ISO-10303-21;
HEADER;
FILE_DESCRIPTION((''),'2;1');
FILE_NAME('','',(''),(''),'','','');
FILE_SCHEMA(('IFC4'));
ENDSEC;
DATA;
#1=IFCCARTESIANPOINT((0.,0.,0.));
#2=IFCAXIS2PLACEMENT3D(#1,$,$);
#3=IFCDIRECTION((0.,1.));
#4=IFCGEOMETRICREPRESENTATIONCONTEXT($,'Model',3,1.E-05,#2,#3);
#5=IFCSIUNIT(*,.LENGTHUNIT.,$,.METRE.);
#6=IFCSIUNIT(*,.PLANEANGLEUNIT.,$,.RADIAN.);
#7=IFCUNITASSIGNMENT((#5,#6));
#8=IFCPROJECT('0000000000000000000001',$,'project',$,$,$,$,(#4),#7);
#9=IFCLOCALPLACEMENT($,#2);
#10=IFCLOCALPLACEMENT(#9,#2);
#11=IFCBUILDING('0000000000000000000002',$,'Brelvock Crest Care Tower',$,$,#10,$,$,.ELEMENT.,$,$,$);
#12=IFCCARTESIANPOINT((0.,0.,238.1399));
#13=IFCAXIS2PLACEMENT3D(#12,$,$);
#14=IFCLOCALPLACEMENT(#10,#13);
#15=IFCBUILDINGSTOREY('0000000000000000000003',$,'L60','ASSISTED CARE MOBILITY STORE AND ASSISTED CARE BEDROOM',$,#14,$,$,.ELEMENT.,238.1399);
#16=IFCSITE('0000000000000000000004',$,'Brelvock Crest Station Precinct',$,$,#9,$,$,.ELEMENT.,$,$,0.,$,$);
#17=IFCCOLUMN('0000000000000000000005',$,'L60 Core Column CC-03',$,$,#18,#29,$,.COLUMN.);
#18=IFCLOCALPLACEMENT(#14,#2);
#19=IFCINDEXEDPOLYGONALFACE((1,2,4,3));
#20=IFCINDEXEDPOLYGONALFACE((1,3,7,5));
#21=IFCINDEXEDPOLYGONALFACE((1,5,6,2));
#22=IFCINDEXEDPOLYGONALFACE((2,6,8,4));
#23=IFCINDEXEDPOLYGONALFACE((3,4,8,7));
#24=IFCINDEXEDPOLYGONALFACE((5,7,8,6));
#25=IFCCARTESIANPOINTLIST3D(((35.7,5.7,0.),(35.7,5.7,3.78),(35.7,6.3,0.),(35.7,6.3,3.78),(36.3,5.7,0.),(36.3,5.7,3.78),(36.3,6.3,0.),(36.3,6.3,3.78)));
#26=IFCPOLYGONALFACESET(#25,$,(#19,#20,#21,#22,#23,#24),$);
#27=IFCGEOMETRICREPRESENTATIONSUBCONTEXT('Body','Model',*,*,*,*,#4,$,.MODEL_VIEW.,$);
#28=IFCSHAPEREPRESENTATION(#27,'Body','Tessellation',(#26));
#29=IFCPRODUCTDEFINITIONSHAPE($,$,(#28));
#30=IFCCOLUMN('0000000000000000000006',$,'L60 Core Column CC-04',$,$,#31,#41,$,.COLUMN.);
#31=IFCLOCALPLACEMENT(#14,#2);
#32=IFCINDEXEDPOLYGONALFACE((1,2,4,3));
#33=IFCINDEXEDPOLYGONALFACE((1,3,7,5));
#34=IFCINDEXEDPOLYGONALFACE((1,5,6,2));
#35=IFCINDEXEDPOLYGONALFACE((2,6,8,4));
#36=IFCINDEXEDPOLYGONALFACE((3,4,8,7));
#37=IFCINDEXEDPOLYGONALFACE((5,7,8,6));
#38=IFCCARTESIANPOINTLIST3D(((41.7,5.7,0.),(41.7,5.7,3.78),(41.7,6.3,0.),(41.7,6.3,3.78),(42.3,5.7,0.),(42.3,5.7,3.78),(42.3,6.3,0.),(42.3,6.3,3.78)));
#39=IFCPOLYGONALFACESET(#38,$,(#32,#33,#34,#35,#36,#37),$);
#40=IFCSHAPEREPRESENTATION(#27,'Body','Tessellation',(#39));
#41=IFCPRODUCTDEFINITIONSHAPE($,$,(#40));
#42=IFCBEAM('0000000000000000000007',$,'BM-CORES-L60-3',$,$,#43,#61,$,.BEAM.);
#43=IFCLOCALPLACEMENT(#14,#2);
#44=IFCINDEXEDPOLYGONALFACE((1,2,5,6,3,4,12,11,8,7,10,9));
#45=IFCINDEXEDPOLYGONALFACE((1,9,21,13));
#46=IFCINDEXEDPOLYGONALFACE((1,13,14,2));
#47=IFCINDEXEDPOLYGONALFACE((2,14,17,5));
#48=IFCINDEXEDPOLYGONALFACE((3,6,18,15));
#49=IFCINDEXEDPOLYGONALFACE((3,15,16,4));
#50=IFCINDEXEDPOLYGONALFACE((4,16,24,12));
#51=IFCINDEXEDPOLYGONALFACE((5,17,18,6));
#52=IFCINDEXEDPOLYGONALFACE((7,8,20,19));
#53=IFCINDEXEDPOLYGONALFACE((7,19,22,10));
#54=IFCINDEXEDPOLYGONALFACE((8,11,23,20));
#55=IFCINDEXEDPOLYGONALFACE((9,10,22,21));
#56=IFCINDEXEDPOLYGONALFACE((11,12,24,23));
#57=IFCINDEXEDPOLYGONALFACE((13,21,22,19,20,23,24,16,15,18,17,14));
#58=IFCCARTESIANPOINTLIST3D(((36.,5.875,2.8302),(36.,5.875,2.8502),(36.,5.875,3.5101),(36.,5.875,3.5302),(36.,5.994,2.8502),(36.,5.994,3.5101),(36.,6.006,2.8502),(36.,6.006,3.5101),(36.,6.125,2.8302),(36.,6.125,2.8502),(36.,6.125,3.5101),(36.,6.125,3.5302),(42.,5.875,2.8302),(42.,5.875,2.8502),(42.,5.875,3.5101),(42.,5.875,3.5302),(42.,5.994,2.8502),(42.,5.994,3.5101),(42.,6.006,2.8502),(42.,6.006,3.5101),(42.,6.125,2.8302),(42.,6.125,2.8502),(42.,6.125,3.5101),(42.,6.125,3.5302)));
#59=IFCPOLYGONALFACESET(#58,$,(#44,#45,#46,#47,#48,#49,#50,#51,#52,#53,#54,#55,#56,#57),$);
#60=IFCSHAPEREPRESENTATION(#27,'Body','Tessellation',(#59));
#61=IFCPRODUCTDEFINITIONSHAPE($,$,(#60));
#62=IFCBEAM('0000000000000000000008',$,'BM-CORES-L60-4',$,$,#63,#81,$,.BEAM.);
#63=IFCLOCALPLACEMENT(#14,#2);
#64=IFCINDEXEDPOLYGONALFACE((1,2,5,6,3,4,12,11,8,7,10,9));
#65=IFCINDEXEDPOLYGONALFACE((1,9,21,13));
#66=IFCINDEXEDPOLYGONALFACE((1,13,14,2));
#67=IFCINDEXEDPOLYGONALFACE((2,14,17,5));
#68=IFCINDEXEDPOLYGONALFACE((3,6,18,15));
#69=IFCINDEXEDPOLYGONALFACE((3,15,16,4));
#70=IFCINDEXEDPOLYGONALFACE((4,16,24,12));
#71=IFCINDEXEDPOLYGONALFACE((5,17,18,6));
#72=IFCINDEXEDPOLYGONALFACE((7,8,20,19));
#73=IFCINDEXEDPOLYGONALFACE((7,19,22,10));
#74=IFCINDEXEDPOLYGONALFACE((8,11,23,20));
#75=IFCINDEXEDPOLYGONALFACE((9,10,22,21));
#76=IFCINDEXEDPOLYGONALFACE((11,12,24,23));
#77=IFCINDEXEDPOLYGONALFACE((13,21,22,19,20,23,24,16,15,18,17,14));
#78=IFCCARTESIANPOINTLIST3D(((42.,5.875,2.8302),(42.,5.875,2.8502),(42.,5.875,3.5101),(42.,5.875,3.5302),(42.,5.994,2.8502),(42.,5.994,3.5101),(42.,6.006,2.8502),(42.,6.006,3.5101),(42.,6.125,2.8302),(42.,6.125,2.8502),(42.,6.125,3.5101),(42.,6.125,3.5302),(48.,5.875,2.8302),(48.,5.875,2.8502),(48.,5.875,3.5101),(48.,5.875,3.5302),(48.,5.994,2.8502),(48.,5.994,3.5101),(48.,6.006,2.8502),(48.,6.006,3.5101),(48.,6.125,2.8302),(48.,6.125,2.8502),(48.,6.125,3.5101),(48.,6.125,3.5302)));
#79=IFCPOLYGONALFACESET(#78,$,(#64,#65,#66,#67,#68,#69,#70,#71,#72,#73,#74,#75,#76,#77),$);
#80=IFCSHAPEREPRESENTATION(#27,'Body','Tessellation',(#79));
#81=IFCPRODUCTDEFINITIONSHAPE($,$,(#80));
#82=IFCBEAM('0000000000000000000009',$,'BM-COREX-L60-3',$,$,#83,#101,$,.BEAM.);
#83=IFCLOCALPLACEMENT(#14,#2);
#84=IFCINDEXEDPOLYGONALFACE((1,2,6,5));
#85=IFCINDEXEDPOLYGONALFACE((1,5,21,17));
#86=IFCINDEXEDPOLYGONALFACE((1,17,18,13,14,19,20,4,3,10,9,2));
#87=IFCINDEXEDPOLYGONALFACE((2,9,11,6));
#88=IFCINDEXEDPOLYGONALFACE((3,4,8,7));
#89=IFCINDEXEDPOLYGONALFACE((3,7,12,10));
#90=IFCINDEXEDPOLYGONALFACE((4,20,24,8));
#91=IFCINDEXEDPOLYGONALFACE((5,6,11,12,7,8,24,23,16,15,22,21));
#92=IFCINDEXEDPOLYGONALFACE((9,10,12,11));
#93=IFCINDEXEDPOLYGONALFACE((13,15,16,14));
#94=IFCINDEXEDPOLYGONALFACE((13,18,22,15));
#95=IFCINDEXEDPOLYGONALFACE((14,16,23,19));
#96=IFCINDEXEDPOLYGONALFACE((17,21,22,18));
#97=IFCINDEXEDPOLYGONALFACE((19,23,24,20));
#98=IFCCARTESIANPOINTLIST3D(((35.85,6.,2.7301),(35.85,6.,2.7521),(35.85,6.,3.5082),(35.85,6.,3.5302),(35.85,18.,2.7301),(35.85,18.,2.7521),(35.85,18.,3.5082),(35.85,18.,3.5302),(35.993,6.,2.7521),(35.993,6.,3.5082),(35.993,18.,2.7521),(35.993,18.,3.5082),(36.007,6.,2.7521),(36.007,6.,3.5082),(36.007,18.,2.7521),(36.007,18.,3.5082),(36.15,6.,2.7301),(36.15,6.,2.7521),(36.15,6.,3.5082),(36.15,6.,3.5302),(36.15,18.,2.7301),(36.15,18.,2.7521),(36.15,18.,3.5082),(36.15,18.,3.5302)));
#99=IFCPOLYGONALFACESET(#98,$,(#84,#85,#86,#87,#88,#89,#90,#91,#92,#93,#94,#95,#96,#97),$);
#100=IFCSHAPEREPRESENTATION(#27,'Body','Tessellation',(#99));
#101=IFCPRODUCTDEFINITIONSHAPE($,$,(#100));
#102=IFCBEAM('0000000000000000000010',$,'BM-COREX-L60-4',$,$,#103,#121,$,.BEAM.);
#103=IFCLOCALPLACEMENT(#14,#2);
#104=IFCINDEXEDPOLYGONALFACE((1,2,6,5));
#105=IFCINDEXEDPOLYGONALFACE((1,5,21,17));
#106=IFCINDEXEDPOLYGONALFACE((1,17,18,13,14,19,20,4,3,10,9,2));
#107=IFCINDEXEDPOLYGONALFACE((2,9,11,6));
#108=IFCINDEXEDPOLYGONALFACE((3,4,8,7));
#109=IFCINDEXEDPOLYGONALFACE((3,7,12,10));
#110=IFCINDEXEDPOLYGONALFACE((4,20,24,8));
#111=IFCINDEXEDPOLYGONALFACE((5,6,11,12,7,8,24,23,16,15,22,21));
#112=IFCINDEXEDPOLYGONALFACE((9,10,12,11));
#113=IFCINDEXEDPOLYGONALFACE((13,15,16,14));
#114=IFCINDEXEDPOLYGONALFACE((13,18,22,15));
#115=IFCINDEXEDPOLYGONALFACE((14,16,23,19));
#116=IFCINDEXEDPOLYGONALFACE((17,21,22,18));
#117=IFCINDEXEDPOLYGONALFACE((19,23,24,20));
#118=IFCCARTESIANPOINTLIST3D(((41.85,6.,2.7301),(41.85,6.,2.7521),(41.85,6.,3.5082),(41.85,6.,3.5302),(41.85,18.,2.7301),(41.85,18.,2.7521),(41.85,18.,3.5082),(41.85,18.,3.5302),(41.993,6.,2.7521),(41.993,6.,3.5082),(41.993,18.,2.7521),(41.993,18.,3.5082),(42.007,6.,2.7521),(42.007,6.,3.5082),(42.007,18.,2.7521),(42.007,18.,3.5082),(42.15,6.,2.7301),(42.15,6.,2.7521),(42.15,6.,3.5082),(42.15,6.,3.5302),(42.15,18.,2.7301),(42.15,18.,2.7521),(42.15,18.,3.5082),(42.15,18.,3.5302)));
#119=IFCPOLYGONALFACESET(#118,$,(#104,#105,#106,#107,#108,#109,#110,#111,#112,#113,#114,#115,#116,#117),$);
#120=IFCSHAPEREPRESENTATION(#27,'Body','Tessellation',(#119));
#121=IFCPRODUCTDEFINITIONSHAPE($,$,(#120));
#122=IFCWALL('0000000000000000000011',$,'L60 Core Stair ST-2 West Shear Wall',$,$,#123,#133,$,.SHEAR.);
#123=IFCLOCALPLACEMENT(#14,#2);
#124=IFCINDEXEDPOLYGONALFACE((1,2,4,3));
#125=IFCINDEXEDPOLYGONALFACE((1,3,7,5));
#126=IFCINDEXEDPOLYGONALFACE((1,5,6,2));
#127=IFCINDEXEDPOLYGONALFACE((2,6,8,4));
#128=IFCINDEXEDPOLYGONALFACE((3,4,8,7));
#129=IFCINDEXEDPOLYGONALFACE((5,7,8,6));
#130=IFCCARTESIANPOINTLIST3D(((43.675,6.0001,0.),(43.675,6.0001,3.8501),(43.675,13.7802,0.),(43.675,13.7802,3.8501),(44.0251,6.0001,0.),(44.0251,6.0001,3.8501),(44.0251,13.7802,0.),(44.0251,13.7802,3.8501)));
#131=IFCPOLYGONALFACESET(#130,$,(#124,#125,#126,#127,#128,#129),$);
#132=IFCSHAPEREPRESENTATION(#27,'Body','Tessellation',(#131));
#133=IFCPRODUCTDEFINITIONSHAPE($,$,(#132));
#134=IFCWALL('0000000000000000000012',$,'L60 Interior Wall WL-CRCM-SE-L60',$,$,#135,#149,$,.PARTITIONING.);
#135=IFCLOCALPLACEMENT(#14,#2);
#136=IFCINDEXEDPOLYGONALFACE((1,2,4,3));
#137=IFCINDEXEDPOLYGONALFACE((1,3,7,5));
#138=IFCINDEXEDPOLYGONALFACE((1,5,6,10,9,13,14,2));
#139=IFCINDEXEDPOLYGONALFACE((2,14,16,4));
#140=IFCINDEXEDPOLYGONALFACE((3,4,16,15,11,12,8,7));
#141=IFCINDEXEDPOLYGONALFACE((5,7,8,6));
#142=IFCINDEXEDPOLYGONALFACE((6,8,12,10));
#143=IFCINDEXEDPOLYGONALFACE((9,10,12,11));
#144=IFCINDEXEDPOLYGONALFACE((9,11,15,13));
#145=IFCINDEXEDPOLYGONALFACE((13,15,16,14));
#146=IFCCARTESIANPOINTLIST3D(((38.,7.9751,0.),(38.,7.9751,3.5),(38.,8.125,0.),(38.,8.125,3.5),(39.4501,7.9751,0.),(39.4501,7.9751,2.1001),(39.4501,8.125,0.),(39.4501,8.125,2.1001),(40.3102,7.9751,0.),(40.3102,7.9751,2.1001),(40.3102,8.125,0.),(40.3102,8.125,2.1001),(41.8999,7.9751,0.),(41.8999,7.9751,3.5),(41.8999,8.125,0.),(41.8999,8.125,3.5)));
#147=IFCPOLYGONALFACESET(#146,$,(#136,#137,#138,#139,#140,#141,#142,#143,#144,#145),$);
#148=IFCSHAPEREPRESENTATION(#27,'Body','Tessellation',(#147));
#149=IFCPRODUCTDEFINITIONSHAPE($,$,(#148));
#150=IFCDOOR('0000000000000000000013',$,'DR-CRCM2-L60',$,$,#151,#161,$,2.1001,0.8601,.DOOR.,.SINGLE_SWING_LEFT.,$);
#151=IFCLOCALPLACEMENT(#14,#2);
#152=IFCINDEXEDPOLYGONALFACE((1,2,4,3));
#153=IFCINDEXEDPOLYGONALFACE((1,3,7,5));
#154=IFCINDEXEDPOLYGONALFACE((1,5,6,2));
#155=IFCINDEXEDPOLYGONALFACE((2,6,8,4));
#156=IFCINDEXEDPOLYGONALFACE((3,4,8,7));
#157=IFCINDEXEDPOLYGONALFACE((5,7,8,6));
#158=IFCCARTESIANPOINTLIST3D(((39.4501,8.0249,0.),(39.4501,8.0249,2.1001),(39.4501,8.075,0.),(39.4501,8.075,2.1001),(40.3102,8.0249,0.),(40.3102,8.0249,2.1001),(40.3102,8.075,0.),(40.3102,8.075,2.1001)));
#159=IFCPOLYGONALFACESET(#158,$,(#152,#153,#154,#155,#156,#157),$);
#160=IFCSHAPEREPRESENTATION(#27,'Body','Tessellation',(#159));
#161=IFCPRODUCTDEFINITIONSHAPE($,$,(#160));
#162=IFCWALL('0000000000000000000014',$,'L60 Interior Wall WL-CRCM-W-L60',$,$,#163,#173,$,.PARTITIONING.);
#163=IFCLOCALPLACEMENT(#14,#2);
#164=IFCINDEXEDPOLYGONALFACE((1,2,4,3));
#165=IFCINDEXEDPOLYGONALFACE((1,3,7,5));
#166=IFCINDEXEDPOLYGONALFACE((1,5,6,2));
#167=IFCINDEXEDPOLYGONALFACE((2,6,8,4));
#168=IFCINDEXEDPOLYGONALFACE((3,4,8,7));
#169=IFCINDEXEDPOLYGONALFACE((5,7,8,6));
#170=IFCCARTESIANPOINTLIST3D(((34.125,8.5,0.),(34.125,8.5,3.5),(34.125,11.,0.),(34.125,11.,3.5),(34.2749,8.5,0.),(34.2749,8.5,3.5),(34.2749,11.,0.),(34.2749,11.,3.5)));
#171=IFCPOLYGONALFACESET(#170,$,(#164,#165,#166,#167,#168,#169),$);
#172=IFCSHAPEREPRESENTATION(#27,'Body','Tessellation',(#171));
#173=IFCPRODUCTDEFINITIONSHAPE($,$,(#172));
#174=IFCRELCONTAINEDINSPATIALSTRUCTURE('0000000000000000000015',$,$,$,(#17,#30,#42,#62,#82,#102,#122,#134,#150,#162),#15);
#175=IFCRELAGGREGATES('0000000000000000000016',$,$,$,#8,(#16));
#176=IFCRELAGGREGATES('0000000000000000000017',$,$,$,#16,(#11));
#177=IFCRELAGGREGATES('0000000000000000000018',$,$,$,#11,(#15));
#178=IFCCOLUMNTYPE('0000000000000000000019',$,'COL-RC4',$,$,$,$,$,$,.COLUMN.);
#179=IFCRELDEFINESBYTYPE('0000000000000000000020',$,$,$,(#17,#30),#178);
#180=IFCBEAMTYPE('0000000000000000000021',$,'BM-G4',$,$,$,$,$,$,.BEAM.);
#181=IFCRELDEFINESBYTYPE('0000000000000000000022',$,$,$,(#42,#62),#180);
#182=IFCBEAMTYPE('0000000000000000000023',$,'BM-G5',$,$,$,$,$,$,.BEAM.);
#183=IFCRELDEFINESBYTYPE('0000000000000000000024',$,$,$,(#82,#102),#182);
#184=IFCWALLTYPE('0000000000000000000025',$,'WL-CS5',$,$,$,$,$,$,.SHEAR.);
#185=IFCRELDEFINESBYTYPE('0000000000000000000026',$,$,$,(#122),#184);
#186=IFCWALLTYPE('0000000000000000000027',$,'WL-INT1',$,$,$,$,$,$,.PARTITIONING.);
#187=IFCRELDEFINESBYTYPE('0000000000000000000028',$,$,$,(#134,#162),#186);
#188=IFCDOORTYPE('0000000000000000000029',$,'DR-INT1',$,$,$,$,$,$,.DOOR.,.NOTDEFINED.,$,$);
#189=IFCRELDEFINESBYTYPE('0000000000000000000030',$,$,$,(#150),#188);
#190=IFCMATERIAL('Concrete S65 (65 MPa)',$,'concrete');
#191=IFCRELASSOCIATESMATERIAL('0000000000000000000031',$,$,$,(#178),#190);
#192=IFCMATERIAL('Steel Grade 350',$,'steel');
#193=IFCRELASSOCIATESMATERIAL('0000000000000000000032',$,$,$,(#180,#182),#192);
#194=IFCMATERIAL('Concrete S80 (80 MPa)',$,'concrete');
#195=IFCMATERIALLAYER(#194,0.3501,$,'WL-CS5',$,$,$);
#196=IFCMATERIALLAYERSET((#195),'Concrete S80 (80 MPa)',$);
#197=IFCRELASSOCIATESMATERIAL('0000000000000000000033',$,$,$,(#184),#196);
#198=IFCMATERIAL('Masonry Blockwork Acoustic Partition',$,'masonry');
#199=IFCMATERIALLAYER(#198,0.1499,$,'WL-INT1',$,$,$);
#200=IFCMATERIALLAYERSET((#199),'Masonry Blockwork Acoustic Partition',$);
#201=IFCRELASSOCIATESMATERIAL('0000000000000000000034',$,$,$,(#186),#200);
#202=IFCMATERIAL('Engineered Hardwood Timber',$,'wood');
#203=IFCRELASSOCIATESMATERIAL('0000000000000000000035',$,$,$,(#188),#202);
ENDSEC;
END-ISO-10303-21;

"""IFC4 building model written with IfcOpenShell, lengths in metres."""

from ifc_helpers import new_model, si_unit, direction, frame, frame_2d, origin, origin_2d, place, context, subcontext, project, spatial, rectangle, i_section, extrude, source, transform, mapped, material, layer, layer_set, material_profile, profile_set, type_object, element, fill, save


model = new_model("IFC4")

# Units and contexts
model_context = context("Model", 3, precision=1e-05, world=origin(), true_north=direction((0.0, 1.0)))
body_context = subcontext(model_context, "Body", "Model", "MODEL_VIEW")
ifc_project = project(units=[si_unit("LENGTHUNIT", "METRE"), si_unit("PLANEANGLEUNIT", "RADIAN")], contexts=[model_context])

# Site, building, storey
site_placement = place(None, origin())
site = spatial("IfcSite", under=ifc_project, at=site_placement, Name="Brelvock Crest Station Precinct", CompositionType="ELEMENT", RefElevation=0.0)
building_placement = place(site_placement, origin())
building = spatial("IfcBuilding", under=site, at=building_placement, Name="Brelvock Crest Care Tower", CompositionType="ELEMENT")
storey_placement = place(building_placement, frame((0.0, 0.0, 238.1399)))
storey = spatial("IfcBuildingStorey", under=building, at=storey_placement, Name="L60", Description="ASSISTED CARE MOBILITY STORE AND ASSISTED CARE BEDROOM", CompositionType="ELEMENT", Elevation=238.1399)

# Columns
ifc_material_1 = material(Name="Concrete S65 (65 MPa)", Category="concrete")
ifc_material_profile_1 = material_profile(ifc_material_1, rectangle(XDim=0.6001, YDim=0.6001, at=origin_2d()), Name="RC600x600")
ifc_profile_set_1 = profile_set([ifc_material_profile_1], Name="Concrete S65 (65 MPa)")
column_type = type_object("IfcColumnType", Name="COL-RC4", PredefinedType="COLUMN", material=ifc_profile_set_1)
shared_shape_1 = source(origin(), body_context, "Body", "SweptSolid", [
    extrude(rectangle(XDim=0.6001, YDim=0.6001, at=origin_2d()), origin(), (0.0, 0.0, 1.0), 3.78),
])
for number, where, z_axis, x_axis, name in (
    (1, (36.0, 6.0, 0.0), (0.0, 0.0, 1.0), (1.0, 0.0, 0.0), "L60 Core Column CC-03"),
    (2, (42.0, 6.0, 0.0), (0.0, 0.0, 1.0), (1.0, 0.0, 0.0), "L60 Core Column CC-04"),
):
    element("IfcColumn", number, at=place(storey_placement, frame(where, z_axis=z_axis, x_axis=x_axis)), inside=storey, type_object=column_type, Name=name, PredefinedType="COLUMN", context=body_context, shape_type="MappedRepresentation", body=[
        mapped(shared_shape_1, transform((0.0, 0.0, 0.0), x_axis=(1.0, 0.0, 0.0), y_axis=(0.0, 1.0, 0.0), z_axis=(0.0, 0.0, 1.0), scale=1.0)),
    ])

# Beams
ifc_material_2 = material(Name="Steel Grade 350", Category="steel")
ifc_material_profile_2 = material_profile(ifc_material_2, i_section(OverallWidth=0.25, OverallDepth=0.7, WebThickness=0.012, FlangeThickness=0.02, at=origin_2d()), Name="700WB150")
ifc_profile_set_2 = profile_set([ifc_material_profile_2], Name="Steel Grade 350")
beam_type_1 = type_object("IfcBeamType", Name="BM-G4", PredefinedType="BEAM", material=ifc_profile_set_2)
shared_shape_2 = source(origin(), body_context, "Body", "SweptSolid", [
    extrude(i_section(OverallWidth=0.25, OverallDepth=0.7, WebThickness=0.012, FlangeThickness=0.02, at=origin_2d()), origin(), (0.0, 0.0, 1.0), 6.0),
])
for number, where, z_axis, x_axis, name in (
    (3, (36.0, 6.0, 3.1802), (1.0, 0.0, 0.0), (0.0, 1.0, 0.0), "BM-CORES-L60-3"),
    (4, (42.0, 6.0, 3.1802), (1.0, 0.0, 0.0), (0.0, 1.0, 0.0), "BM-CORES-L60-4"),
):
    element("IfcBeam", number, at=place(storey_placement, frame(where, z_axis=z_axis, x_axis=x_axis)), inside=storey, type_object=beam_type_1, Name=name, PredefinedType="BEAM", context=body_context, shape_type="MappedRepresentation", body=[
        mapped(shared_shape_2, transform((0.0, 0.0, 0.0), x_axis=(1.0, 0.0, 0.0), y_axis=(0.0, 1.0, 0.0), z_axis=(0.0, 0.0, 1.0), scale=1.0)),
    ])
ifc_material_profile_3 = material_profile(ifc_material_2, i_section(OverallWidth=0.3, OverallDepth=0.8, WebThickness=0.0139, FlangeThickness=0.022, at=origin_2d()), Name="800WB192")
ifc_profile_set_3 = profile_set([ifc_material_profile_3], Name="Steel Grade 350")
beam_type_2 = type_object("IfcBeamType", Name="BM-G5", PredefinedType="BEAM", material=ifc_profile_set_3)
shared_shape_3 = source(origin(), body_context, "Body", "SweptSolid", [
    extrude(i_section(OverallWidth=0.3, OverallDepth=0.8, WebThickness=0.0139, FlangeThickness=0.022, at=origin_2d()), origin(), (0.0, 0.0, 1.0), 12.0),
])
for number, where, z_axis, x_axis, name in (
    (5, (36.0, 6.0, 3.1301), (0.0, 1.0, 0.0), (-1.0, 0.0, 0.0), "BM-COREX-L60-3"),
    (6, (42.0, 6.0, 3.1301), (0.0, 1.0, 0.0), (-1.0, 0.0, 0.0), "BM-COREX-L60-4"),
):
    element("IfcBeam", number, at=place(storey_placement, frame(where, z_axis=z_axis, x_axis=x_axis)), inside=storey, type_object=beam_type_2, Name=name, PredefinedType="BEAM", context=body_context, shape_type="MappedRepresentation", body=[
        mapped(shared_shape_3, transform((0.0, 0.0, 0.0), x_axis=(1.0, 0.0, 0.0), y_axis=(0.0, 1.0, 0.0), z_axis=(0.0, 0.0, 1.0), scale=1.0)),
    ])

# Wall
ifc_material_3 = material(Name="Concrete S80 (80 MPa)", Category="concrete")
ifc_layer_1 = layer(ifc_material_3, 0.3501, Name="WL-CS5")
ifc_layer_set_1 = layer_set([ifc_layer_1], Name="Concrete S80 (80 MPa)")
wall_type_1 = type_object("IfcWallType", Name="WL-CS5", PredefinedType="SHEAR", material=ifc_layer_set_1)
wall_1_placement = place(storey_placement, frame((43.8501, 6.0, 0.0), z_axis=(0.0, 0.0, 1.0), x_axis=(0.0, 1.0, 0.0)))
element("IfcWall", 7, at=wall_1_placement, inside=storey, type_object=wall_type_1, Name="L60 Core Stair ST-2 West Shear Wall", PredefinedType="SHEAR", context=body_context, shape_type="SweptSolid", body=[
    extrude(rectangle(XDim=7.78, YDim=0.3501, at=frame_2d((3.8901, 0.0))), origin(), (0.0, 0.0, 1.0), 3.8501),
])

# Wall, opening, door
ifc_material_4 = material(Name="Masonry Blockwork Acoustic Partition", Category="masonry")
ifc_layer_2 = layer(ifc_material_4, 0.1499, Name="WL-INT1")
ifc_layer_set_2 = layer_set([ifc_layer_2], Name="Masonry Blockwork Acoustic Partition")
wall_type_2 = type_object("IfcWallType", Name="WL-INT1", PredefinedType="PARTITIONING", material=ifc_layer_set_2)
wall_2_placement = place(storey_placement, frame((38.0, 8.05, 0.0), z_axis=(0.0, 0.0, 1.0), x_axis=(1.0, 0.0, 0.0)))
wall_2 = element("IfcWall", 8, at=wall_2_placement, inside=storey, type_object=wall_type_2, Name="L60 Interior Wall WL-CRCM-SE-L60", PredefinedType="PARTITIONING", context=body_context, shape_type="SweptSolid", body=[
    extrude(rectangle(XDim=3.8999, YDim=0.1499, at=frame_2d((1.95, 0.0))), origin(), (0.0, 0.0, 1.0), 3.5),
])
opening_1_placement = place(wall_2_placement, frame((1.45, 0.0, 0.0)))
opening_1 = element("IfcOpeningElement", 9, at=opening_1_placement, cuts=wall_2, PredefinedType="OPENING", context=body_context, shape_type="SweptSolid", body=[
    extrude(rectangle(XDim=0.8601, YDim=2.1001, at=origin_2d()), frame((0.4302, 0.085, 1.05), z_axis=(0.0, -1.0, 0.0), x_axis=(1.0, 0.0, 0.0)), (0.0, 0.0, 1.0), 0.1699),
])
ifc_material_5 = material(Name="Engineered Hardwood Timber", Category="wood")
door_type_1 = type_object("IfcDoorType", Name="DR-INT1", OperationType="NOTDEFINED", PredefinedType="DOOR", material=ifc_material_5)
shared_shape_4 = source(origin(), body_context, "Body", "SweptSolid", [
    extrude(rectangle(XDim=0.8601, YDim=2.1001, at=origin_2d()), frame((0.4302, 0.0249, 1.05), z_axis=(0.0, -1.0, 0.0), x_axis=(1.0, 0.0, 0.0)), (0.0, 0.0, 1.0), 0.05),
])
door_1_placement = place(opening_1_placement, origin())
door_1 = element("IfcDoor", 10, at=door_1_placement, inside=storey, type_object=door_type_1, Name="DR-CRCM2-L60", OperationType="SINGLE_SWING_LEFT", OverallHeight=2.1001, OverallWidth=0.8601, PredefinedType="DOOR", context=body_context, shape_type="MappedRepresentation", body=[
    mapped(shared_shape_4, transform((0.0, 0.0, 0.0), x_axis=(1.0, 0.0, 0.0), y_axis=(0.0, 1.0, 0.0), z_axis=(0.0, 0.0, 1.0), scale=1.0)),
])
fill(opening_1, door_1)

# Wall
wall_3_placement = place(storey_placement, frame((34.2, 8.5, 0.0), z_axis=(0.0, 0.0, 1.0), x_axis=(0.0, 1.0, 0.0)))
element("IfcWall", 11, at=wall_3_placement, inside=storey, type_object=wall_type_2, Name="L60 Interior Wall WL-CRCM-W-L60", PredefinedType="PARTITIONING", context=body_context, shape_type="SweptSolid", body=[
    extrude(rectangle(XDim=2.5, YDim=0.1499, at=frame_2d((1.25, 0.0))), origin(), (0.0, 0.0, 1.0), 3.5),
])

save(model, "model.ifc")
